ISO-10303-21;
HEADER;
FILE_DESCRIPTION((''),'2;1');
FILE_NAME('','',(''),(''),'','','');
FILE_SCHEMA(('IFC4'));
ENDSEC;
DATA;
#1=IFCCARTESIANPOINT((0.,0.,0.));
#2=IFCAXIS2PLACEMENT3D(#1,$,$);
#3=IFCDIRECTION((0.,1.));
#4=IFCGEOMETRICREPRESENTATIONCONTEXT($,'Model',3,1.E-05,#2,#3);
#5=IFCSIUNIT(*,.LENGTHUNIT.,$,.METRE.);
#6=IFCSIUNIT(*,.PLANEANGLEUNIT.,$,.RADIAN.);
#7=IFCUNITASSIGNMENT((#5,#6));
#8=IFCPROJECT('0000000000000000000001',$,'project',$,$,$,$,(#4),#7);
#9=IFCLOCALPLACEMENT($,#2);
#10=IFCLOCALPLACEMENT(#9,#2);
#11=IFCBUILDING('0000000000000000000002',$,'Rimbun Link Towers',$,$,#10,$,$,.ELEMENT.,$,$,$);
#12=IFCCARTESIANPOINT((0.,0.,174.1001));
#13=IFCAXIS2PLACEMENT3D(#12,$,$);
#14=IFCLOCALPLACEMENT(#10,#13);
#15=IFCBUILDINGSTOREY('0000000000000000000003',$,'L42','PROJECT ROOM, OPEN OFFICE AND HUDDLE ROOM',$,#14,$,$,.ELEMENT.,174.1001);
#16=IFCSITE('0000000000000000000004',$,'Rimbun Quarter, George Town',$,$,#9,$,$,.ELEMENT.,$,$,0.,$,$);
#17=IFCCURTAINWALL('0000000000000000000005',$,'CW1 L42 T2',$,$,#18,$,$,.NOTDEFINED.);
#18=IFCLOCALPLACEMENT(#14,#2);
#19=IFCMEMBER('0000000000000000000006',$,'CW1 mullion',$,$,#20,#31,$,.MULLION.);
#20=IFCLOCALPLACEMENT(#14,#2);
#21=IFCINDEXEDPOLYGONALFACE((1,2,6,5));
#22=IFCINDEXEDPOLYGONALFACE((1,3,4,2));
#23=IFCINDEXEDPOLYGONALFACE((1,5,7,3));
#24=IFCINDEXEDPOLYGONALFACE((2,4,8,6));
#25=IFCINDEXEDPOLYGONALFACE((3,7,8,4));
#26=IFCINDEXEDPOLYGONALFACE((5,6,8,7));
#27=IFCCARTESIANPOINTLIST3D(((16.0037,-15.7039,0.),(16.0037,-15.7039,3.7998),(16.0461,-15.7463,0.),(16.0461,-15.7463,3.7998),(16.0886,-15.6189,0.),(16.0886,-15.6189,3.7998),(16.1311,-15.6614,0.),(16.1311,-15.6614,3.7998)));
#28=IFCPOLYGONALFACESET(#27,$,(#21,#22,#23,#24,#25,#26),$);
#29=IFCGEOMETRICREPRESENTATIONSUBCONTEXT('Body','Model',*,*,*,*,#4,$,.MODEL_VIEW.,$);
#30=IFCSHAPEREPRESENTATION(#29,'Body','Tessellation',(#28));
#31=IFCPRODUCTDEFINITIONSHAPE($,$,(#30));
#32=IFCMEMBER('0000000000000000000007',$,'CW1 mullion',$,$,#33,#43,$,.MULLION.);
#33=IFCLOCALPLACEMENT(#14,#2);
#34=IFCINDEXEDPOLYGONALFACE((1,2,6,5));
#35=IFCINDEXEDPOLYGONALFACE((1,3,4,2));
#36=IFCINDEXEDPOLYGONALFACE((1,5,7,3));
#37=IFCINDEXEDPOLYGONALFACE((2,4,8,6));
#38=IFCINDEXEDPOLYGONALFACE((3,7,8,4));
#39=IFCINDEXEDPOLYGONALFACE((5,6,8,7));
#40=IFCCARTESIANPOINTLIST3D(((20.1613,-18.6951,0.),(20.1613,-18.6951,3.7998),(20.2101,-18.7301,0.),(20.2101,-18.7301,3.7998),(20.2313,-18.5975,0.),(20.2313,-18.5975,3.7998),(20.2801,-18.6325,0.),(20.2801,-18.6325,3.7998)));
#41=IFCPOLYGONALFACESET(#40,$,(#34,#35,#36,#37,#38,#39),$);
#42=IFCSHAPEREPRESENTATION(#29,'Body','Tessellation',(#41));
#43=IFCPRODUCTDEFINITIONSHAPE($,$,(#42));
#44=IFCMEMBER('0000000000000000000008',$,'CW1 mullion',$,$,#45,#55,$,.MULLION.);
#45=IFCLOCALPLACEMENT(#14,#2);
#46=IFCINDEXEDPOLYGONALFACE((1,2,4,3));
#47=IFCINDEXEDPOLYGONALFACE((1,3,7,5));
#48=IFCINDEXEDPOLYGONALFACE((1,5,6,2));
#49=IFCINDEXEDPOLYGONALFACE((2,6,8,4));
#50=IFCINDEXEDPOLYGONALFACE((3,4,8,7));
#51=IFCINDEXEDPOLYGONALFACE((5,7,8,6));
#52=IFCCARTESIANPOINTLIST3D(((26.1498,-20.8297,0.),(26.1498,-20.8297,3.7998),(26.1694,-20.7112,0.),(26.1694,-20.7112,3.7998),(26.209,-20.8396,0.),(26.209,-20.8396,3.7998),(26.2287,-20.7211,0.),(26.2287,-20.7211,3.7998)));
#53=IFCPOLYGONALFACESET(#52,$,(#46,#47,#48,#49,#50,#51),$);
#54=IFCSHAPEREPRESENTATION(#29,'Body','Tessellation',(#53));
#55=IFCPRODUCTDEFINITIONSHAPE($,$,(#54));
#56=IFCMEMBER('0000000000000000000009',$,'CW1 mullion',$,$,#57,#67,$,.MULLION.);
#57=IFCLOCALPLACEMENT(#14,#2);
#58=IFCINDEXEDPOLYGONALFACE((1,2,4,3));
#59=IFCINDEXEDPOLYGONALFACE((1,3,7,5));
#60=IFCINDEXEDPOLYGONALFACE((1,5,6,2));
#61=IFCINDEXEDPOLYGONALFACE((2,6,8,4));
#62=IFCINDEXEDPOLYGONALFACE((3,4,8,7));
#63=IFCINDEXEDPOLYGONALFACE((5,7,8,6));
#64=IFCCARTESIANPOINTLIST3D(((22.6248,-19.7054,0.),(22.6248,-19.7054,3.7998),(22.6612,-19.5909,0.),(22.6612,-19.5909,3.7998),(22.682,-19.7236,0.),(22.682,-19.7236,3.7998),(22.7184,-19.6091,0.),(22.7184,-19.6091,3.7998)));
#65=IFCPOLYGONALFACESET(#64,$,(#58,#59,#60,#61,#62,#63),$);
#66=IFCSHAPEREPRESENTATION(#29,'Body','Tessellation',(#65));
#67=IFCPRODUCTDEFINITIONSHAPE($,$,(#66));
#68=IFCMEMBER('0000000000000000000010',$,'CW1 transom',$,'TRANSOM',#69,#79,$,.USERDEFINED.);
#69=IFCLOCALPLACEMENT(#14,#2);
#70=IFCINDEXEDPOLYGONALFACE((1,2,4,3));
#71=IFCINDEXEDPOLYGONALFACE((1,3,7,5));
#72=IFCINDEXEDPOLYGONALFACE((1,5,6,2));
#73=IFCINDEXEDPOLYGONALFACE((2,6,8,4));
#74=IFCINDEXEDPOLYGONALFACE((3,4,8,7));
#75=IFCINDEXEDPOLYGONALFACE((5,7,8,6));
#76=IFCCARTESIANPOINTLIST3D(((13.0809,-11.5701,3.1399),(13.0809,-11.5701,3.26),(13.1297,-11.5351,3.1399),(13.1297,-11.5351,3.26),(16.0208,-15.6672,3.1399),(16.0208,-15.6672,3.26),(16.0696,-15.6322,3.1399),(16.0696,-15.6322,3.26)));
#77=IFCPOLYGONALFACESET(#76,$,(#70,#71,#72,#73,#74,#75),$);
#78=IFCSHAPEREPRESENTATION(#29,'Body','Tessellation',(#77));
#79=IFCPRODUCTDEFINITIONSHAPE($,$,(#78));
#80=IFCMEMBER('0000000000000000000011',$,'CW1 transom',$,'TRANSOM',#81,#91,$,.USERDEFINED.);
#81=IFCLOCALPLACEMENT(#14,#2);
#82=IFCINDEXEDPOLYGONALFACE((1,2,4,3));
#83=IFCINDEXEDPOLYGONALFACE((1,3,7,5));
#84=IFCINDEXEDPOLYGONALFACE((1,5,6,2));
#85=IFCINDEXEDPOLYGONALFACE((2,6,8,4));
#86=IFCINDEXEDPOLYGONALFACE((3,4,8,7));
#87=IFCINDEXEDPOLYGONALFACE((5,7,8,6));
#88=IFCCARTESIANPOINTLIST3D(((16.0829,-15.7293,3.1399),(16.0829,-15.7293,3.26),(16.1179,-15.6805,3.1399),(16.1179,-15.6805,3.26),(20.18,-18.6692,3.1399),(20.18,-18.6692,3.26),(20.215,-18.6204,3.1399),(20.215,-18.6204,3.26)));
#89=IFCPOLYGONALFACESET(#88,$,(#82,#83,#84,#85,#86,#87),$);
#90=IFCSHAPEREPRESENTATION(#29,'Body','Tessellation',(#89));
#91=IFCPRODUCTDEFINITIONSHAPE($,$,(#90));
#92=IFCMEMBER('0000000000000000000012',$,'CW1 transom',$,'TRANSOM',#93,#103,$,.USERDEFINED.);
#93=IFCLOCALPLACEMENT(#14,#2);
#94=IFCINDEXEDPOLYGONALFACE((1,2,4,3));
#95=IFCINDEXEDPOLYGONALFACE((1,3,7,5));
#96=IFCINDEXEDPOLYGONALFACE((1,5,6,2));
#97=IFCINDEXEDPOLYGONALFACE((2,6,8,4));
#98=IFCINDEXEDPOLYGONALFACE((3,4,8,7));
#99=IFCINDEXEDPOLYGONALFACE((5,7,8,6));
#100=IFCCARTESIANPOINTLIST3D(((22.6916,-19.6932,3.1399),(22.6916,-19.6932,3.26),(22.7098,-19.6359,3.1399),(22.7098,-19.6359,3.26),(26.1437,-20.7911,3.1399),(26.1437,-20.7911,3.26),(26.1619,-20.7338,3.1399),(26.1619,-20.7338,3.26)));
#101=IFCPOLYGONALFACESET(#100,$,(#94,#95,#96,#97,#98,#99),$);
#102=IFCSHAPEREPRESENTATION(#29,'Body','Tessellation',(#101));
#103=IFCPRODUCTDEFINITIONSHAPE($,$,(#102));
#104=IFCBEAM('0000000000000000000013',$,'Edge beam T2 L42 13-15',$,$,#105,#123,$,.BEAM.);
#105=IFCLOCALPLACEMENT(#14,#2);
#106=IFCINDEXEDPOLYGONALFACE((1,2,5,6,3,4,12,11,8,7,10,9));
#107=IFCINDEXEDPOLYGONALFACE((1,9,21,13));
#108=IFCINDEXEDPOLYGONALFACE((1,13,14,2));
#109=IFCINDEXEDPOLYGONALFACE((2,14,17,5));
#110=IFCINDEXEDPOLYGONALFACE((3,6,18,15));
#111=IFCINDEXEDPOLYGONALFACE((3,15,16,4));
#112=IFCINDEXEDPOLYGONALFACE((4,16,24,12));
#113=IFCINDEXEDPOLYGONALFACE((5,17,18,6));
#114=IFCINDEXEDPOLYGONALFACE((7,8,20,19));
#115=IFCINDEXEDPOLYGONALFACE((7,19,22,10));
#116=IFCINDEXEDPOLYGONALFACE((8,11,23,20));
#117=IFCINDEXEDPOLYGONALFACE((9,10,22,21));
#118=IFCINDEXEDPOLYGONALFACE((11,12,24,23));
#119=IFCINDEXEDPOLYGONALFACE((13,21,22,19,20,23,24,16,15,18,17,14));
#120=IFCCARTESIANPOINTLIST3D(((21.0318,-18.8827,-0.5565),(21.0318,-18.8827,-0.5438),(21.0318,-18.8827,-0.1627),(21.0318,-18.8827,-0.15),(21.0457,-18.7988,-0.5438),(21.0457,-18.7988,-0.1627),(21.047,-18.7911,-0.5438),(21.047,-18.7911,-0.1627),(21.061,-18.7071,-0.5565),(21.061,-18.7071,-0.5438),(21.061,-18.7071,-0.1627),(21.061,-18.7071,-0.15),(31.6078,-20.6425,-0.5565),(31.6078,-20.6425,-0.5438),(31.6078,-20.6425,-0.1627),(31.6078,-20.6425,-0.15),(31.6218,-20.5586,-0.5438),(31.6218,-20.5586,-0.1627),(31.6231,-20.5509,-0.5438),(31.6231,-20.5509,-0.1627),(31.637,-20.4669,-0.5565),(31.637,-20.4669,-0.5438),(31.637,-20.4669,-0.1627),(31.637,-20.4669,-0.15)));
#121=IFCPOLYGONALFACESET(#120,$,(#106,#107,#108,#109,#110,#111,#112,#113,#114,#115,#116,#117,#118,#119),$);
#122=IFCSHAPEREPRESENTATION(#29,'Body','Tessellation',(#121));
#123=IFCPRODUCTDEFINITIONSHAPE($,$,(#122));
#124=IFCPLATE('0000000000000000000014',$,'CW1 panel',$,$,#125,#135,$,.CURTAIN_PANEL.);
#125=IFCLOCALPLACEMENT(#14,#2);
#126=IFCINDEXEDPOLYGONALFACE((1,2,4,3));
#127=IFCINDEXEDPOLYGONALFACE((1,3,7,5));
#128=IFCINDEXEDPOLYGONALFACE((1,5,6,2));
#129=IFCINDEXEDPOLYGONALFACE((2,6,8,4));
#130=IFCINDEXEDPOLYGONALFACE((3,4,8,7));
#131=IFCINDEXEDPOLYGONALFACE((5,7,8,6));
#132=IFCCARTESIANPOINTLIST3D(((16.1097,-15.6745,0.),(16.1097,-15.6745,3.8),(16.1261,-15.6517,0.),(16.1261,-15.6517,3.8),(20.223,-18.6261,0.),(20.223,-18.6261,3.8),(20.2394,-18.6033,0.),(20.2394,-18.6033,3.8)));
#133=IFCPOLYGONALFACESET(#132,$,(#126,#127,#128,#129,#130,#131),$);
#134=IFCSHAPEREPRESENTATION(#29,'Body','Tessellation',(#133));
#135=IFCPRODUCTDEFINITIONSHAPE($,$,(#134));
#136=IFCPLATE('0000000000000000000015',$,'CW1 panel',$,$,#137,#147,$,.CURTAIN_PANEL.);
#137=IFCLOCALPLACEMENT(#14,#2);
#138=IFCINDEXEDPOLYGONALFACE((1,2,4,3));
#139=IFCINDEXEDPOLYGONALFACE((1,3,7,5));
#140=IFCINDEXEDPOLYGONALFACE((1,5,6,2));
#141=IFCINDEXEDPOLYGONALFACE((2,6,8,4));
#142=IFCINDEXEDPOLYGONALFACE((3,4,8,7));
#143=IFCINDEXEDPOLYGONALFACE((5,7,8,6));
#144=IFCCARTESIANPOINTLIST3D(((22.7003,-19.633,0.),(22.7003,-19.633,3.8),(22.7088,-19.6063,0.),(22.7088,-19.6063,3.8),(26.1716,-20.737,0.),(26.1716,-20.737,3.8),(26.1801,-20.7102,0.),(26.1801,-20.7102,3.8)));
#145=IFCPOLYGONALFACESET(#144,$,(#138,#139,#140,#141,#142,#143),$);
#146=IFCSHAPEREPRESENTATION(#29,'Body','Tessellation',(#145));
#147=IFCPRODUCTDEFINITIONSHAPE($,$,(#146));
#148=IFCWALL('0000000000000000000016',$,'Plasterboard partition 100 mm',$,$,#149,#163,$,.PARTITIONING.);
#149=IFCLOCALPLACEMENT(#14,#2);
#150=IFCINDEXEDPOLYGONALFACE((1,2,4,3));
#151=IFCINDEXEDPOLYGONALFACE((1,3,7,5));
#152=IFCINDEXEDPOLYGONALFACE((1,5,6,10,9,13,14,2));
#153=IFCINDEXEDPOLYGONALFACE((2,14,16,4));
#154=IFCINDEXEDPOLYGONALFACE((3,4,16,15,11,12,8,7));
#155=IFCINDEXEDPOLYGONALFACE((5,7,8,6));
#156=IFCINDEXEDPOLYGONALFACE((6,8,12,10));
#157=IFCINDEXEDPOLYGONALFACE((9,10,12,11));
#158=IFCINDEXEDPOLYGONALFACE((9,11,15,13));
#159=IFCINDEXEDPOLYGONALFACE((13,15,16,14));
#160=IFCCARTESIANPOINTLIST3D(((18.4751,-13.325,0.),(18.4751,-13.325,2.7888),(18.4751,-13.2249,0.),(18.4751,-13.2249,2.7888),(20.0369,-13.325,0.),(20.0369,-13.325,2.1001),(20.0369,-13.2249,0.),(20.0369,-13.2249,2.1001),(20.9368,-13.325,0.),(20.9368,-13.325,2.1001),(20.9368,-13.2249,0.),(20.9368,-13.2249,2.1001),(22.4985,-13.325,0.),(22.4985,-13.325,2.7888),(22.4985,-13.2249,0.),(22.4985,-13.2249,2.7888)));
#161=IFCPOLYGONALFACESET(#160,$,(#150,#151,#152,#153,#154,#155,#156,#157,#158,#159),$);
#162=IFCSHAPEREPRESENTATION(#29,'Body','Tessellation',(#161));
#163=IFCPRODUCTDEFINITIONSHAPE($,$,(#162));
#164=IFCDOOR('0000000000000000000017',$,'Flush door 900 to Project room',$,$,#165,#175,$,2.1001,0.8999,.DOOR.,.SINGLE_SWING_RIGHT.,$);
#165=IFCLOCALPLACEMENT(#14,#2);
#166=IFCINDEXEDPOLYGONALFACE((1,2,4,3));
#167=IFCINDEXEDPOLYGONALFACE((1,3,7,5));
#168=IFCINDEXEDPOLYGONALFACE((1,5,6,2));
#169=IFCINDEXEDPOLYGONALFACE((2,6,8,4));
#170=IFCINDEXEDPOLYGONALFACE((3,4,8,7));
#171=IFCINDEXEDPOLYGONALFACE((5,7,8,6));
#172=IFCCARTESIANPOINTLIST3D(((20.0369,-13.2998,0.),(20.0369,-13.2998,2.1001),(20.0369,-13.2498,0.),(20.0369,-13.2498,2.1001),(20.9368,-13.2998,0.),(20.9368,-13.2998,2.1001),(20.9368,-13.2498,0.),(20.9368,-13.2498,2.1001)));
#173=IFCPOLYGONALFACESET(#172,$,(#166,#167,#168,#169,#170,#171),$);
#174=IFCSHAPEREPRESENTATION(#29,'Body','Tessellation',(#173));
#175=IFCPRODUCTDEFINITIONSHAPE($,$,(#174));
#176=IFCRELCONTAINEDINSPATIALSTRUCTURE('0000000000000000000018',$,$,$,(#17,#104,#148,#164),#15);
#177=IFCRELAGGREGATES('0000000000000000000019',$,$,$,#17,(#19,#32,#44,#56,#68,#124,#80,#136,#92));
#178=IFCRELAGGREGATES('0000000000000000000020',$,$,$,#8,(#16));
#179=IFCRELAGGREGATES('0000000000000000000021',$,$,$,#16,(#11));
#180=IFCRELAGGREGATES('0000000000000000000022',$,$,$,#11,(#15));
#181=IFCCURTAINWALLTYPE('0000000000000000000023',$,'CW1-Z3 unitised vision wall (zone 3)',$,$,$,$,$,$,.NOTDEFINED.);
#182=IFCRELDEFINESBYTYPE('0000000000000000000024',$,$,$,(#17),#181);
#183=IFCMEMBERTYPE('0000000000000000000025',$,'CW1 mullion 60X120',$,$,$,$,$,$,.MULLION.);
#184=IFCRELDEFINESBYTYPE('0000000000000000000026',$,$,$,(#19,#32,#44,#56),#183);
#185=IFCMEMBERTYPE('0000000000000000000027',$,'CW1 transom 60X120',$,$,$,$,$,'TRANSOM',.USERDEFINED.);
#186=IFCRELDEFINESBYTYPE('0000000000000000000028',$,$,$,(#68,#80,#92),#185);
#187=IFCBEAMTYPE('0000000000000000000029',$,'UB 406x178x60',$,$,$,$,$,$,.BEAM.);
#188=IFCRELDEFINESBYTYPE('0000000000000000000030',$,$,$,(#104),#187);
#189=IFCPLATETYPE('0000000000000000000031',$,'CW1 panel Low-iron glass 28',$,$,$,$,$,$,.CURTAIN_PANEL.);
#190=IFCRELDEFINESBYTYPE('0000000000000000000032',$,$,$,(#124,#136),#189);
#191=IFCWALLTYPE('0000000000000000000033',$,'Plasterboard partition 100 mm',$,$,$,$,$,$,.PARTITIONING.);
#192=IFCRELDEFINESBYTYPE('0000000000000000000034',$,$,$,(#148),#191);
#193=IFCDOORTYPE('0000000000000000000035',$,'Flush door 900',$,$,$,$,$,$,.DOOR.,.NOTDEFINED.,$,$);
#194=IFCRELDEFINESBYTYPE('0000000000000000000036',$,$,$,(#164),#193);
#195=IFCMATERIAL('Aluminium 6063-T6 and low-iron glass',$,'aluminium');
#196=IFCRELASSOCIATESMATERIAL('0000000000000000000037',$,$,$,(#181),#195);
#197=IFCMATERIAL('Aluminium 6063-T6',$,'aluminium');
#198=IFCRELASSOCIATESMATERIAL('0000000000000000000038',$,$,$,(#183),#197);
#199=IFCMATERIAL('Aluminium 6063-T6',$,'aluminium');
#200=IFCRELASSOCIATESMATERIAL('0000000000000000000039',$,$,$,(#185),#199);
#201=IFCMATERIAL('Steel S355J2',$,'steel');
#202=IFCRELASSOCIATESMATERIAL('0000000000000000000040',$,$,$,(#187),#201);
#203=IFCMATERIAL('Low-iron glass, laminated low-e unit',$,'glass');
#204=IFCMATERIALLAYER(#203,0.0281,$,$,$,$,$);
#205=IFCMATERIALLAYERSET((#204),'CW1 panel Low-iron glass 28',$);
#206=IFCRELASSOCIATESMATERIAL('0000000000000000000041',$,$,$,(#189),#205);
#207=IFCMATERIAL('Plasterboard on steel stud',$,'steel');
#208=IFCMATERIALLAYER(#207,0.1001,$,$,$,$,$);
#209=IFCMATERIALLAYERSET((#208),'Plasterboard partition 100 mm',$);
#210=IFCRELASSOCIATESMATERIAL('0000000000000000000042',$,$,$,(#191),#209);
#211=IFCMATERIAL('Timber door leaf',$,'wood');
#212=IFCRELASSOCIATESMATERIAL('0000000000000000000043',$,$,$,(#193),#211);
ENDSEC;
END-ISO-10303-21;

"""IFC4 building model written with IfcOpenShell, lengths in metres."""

from ifc_helpers import new_model, si_unit, direction, frame, frame_2d, origin, origin_2d, place, context, subcontext, project, spatial, rectangle, i_section, extrude, material, layer, layer_set, material_profile, profile_set, type_object, element, fill, aggregate, save


model = new_model("IFC4")

# Units and contexts
model_context = context("Model", 3, precision=1e-05, world=origin(), true_north=direction((0.0, 1.0)))
body_context = subcontext(model_context, "Body", "Model", "MODEL_VIEW")
ifc_project = project(units=[si_unit("LENGTHUNIT", "METRE"), si_unit("PLANEANGLEUNIT", "RADIAN")], contexts=[model_context])

# Site, building, storey
site_placement = place(None, origin())
site = spatial("IfcSite", under=ifc_project, at=site_placement, Name="Rimbun Quarter, George Town", CompositionType="ELEMENT", RefElevation=0.0)
building_placement = place(site_placement, origin())
building = spatial("IfcBuilding", under=site, at=building_placement, Name="Rimbun Link Towers", CompositionType="ELEMENT")
storey_placement = place(building_placement, frame((0.0, 0.0, 174.1001)))
storey = spatial("IfcBuildingStorey", under=building, at=storey_placement, Name="L42", Description="PROJECT ROOM, OPEN OFFICE AND HUDDLE ROOM", CompositionType="ELEMENT", Elevation=174.1001)

# Curtain wall, members
ifc_material_1 = material(Name="Aluminium 6063-T6 and low-iron glass", Category="aluminium")
curtain_wall_type = type_object("IfcCurtainWallType", Name="CW1-Z3 unitised vision wall (zone 3)", PredefinedType="NOTDEFINED", material=ifc_material_1)
curtain_wall_placement = place(storey_placement, origin())
curtain_wall = element("IfcCurtainWall", 1, at=curtain_wall_placement, inside=storey, type_object=curtain_wall_type, Name="CW1 L42 T2", PredefinedType="NOTDEFINED")
ifc_material_2 = material(Name="Aluminium 6063-T6", Category="aluminium")
ifc_material_profile_1 = material_profile(ifc_material_2, rectangle(XDim=0.1201, YDim=0.0601, at=origin_2d()), Name="MULLION 60X120")
ifc_profile_set_1 = profile_set([ifc_material_profile_1], Name="Aluminium 6063-T6")
member_type_1 = type_object("IfcMemberType", Name="CW1 mullion 60X120", PredefinedType="MULLION", material=ifc_profile_set_1)
member_1_placement = place(storey_placement, frame((16.0674, -15.6826, 0.0), z_axis=(0.0, 0.0, 1.0), x_axis=(-0.707107, -0.707107, 0.0)))
member_1 = element("IfcMember", 2, at=member_1_placement, type_object=member_type_1, Name="CW1 mullion", PredefinedType="MULLION", context=body_context, shape_type="SweptSolid", body=[
    extrude(rectangle(XDim=0.1201, YDim=0.0601, at=origin_2d()), origin(), (0.0, 0.0, 1.0), 3.7998),
])
member_2_placement = place(storey_placement, frame((20.2207, -18.6638, 0.0), z_axis=(0.0, 0.0, 1.0), x_axis=(-0.583009, -0.812465, 0.0)))
member_2 = element("IfcMember", 3, at=member_2_placement, type_object=member_type_1, Name="CW1 mullion", PredefinedType="MULLION", context=body_context, shape_type="SweptSolid", body=[
    extrude(rectangle(XDim=0.1201, YDim=0.0601, at=origin_2d()), origin(), (0.0, 0.0, 1.0), 3.7998),
])
member_3_placement = place(storey_placement, frame((26.1892, -20.7754, 0.0), z_axis=(0.0, 0.0, 1.0), x_axis=(-0.163743, -0.986503, 0.0)))
member_3 = element("IfcMember", 4, at=member_3_placement, type_object=member_type_1, Name="CW1 mullion", PredefinedType="MULLION", context=body_context, shape_type="SweptSolid", body=[
    extrude(rectangle(XDim=0.1201, YDim=0.0601, at=origin_2d()), origin(), (0.0, 0.0, 1.0), 3.7998),
])
member_4_placement = place(storey_placement, frame((22.6716, -19.6572, 0.0), z_axis=(0.0, 0.0, 1.0), x_axis=(-0.303068, -0.952969, 0.0)))
member_4 = element("IfcMember", 5, at=member_4_placement, type_object=member_type_1, Name="CW1 mullion", PredefinedType="MULLION", context=body_context, shape_type="SweptSolid", body=[
    extrude(rectangle(XDim=0.1201, YDim=0.0601, at=origin_2d()), origin(), (0.0, 0.0, 1.0), 3.7998),
])
ifc_material_3 = material(Name="Aluminium 6063-T6", Category="aluminium")
ifc_material_profile_2 = material_profile(ifc_material_3, rectangle(XDim=0.0601, YDim=0.1201, at=origin_2d()), Name="TRANSOM 60X120")
ifc_profile_set_2 = profile_set([ifc_material_profile_2], Name="Aluminium 6063-T6")
member_type_2 = type_object("IfcMemberType", Name="CW1 transom 60X120", ElementType="TRANSOM", PredefinedType="USERDEFINED", material=ifc_profile_set_2)
member_5_placement = place(storey_placement, frame((16.0452, -15.6497, 3.2), z_axis=(-0.582995, 0.812475, 0.0), x_axis=(-0.812475, -0.582995, 0.0)))
member_5 = element("IfcMember", 6, at=member_5_placement, type_object=member_type_2, Name="CW1 transom", ObjectType="TRANSOM", PredefinedType="USERDEFINED", context=body_context, shape_type="SweptSolid", body=[
    extrude(rectangle(XDim=0.0601, YDim=0.1201, at=origin_2d()), origin(), (0.0, 0.0, 1.0), 5.0427),
])
member_6_placement = place(storey_placement, frame((20.1975, -18.6448, 3.2), z_axis=(-0.812475, 0.582995, 0.0), x_axis=(-0.582995, -0.812475, 0.0)))
member_6 = element("IfcMember", 7, at=member_6_placement, type_object=member_type_2, Name="CW1 transom", ObjectType="TRANSOM", PredefinedType="USERDEFINED", context=body_context, shape_type="SweptSolid", body=[
    extrude(rectangle(XDim=0.0601, YDim=0.1201, at=origin_2d()), origin(), (0.0, 0.0, 1.0), 5.0427),
])
member_7_placement = place(storey_placement, frame((26.1528, -20.7625, 3.2), z_axis=(-0.952966, 0.303076, 0.0), x_axis=(-0.303076, -0.952966, 0.0)))
member_7 = element("IfcMember", 8, at=member_7_placement, type_object=member_type_2, Name="CW1 transom", ObjectType="TRANSOM", PredefinedType="USERDEFINED", context=body_context, shape_type="SweptSolid", body=[
    extrude(rectangle(XDim=0.0601, YDim=0.1201, at=origin_2d()), origin(), (0.0, 0.0, 1.0), 3.6226),
])

# Beam
ifc_material_4 = material(Name="Steel S355J2", Category="steel")
ifc_material_profile_3 = material_profile(ifc_material_4, i_section(OverallWidth=0.178, OverallDepth=0.4065, WebThickness=0.0078, FlangeThickness=0.0127, at=origin_2d()), Name="UB 406x178x60")
ifc_profile_set_3 = profile_set([ifc_material_profile_3], Name="Steel S355J2")
beam_type = type_object("IfcBeamType", Name="UB 406x178x60", PredefinedType="BEAM", material=ifc_profile_set_3)
beam_placement = place(storey_placement, frame((21.0464, -18.7949, -0.3533), z_axis=(0.986438, -0.164137, 0.0), x_axis=(0.164137, 0.986438, 0.0)))
element("IfcBeam", 9, at=beam_placement, inside=storey, type_object=beam_type, Name="Edge beam T2 L42 13-15", PredefinedType="BEAM", context=body_context, shape_type="SweptSolid", body=[
    extrude(i_section(OverallWidth=0.178, OverallDepth=0.4065, WebThickness=0.0078, FlangeThickness=0.0127, at=origin_2d()), origin(), (0.0, 0.0, 1.0), 10.7214),
])

# Plates
ifc_material_5 = material(Name="Low-iron glass, laminated low-e unit", Category="glass")
ifc_layer_1 = layer(ifc_material_5, 0.0281)
ifc_layer_set_1 = layer_set([ifc_layer_1], Name="CW1 panel Low-iron glass 28")
plate_type = type_object("IfcPlateType", Name="CW1 panel Low-iron glass 28", PredefinedType="CURTAIN_PANEL", material=ifc_layer_set_1)
plate_1_placement = place(storey_placement, frame((18.1746, -17.1389, 0.0), z_axis=(0.0, 0.0, 1.0), x_axis=(-0.812465, 0.583009, 0.0)))
plate_1 = element("IfcPlate", 10, at=plate_1_placement, type_object=plate_type, Name="CW1 panel", PredefinedType="CURTAIN_PANEL", context=body_context, shape_type="SweptSolid", body=[
    extrude(rectangle(XDim=5.0627, YDim=0.0281, at=origin_2d()), origin(), (0.0, 0.0, 1.0), 3.8),
])
plate_2_placement = place(storey_placement, frame((24.4402, -20.1716, 0.0), z_axis=(0.0, 0.0, 1.0), x_axis=(-0.952969, 0.303068, 0.0)))
plate_2 = element("IfcPlate", 11, at=plate_2_placement, type_object=plate_type, Name="CW1 panel", PredefinedType="CURTAIN_PANEL", context=body_context, shape_type="SweptSolid", body=[
    extrude(rectangle(XDim=3.6426, YDim=0.0281, at=origin_2d()), origin(), (0.0, 0.0, 1.0), 3.8),
])
aggregate(curtain_wall, [member_1, member_2, member_3, member_4, member_5, plate_1, member_6, plate_2, member_7])

# Wall, opening, door
ifc_material_6 = material(Name="Plasterboard on steel stud", Category="steel")
ifc_layer_2 = layer(ifc_material_6, 0.1001)
ifc_layer_set_2 = layer_set([ifc_layer_2], Name="Plasterboard partition 100 mm")
wall_type = type_object("IfcWallType", Name="Plasterboard partition 100 mm", PredefinedType="PARTITIONING", material=ifc_layer_set_2)
wall_placement = place(storey_placement, frame((22.4985, -13.2749, 0.0), z_axis=(0.0, 0.0, 1.0), x_axis=(-1.0, 0.0, 0.0)))
wall = element("IfcWall", 12, at=wall_placement, inside=storey, type_object=wall_type, Name="Plasterboard partition 100 mm", PredefinedType="PARTITIONING", context=body_context, shape_type="SweptSolid", body=[
    extrude(rectangle(XDim=4.0234, YDim=0.1001, at=frame_2d((2.0117, 0.0))), origin(), (0.0, 0.0, 1.0), 2.7888),
])
opening_placement = place(wall_placement, frame((1.5618, 0.0, 0.0)))
opening = element("IfcOpeningElement", 13, at=opening_placement, cuts=wall, PredefinedType="OPENING", context=body_context, shape_type="SweptSolid", body=[
    extrude(rectangle(XDim=0.8999, YDim=2.1001, at=frame_2d((0.45, 1.05))), frame((0.0, 0.0601, 0.0), z_axis=(0.0, -1.0, 0.0), x_axis=(1.0, 0.0, 0.0)), (0.0, 0.0, 1.0), 0.1201),
])
ifc_material_7 = material(Name="Timber door leaf", Category="wood")
door_type = type_object("IfcDoorType", Name="Flush door 900", OperationType="NOTDEFINED", PredefinedType="DOOR", material=ifc_material_7)
door_placement = place(opening_placement, origin())
door = element("IfcDoor", 14, at=door_placement, inside=storey, type_object=door_type, Name="Flush door 900 to Project room", OperationType="SINGLE_SWING_RIGHT", OverallHeight=2.1001, OverallWidth=0.8999, PredefinedType="DOOR", context=body_context, shape_type="SweptSolid", body=[
    extrude(rectangle(XDim=0.8999, YDim=2.1001, at=frame_2d((0.45, 1.05))), frame((0.0, 0.0249, 0.0), z_axis=(0.0, -1.0, 0.0), x_axis=(1.0, 0.0, 0.0)), (0.0, 0.0, 1.0), 0.05),
])
fill(opening, door)

save(model, "model.ifc")
